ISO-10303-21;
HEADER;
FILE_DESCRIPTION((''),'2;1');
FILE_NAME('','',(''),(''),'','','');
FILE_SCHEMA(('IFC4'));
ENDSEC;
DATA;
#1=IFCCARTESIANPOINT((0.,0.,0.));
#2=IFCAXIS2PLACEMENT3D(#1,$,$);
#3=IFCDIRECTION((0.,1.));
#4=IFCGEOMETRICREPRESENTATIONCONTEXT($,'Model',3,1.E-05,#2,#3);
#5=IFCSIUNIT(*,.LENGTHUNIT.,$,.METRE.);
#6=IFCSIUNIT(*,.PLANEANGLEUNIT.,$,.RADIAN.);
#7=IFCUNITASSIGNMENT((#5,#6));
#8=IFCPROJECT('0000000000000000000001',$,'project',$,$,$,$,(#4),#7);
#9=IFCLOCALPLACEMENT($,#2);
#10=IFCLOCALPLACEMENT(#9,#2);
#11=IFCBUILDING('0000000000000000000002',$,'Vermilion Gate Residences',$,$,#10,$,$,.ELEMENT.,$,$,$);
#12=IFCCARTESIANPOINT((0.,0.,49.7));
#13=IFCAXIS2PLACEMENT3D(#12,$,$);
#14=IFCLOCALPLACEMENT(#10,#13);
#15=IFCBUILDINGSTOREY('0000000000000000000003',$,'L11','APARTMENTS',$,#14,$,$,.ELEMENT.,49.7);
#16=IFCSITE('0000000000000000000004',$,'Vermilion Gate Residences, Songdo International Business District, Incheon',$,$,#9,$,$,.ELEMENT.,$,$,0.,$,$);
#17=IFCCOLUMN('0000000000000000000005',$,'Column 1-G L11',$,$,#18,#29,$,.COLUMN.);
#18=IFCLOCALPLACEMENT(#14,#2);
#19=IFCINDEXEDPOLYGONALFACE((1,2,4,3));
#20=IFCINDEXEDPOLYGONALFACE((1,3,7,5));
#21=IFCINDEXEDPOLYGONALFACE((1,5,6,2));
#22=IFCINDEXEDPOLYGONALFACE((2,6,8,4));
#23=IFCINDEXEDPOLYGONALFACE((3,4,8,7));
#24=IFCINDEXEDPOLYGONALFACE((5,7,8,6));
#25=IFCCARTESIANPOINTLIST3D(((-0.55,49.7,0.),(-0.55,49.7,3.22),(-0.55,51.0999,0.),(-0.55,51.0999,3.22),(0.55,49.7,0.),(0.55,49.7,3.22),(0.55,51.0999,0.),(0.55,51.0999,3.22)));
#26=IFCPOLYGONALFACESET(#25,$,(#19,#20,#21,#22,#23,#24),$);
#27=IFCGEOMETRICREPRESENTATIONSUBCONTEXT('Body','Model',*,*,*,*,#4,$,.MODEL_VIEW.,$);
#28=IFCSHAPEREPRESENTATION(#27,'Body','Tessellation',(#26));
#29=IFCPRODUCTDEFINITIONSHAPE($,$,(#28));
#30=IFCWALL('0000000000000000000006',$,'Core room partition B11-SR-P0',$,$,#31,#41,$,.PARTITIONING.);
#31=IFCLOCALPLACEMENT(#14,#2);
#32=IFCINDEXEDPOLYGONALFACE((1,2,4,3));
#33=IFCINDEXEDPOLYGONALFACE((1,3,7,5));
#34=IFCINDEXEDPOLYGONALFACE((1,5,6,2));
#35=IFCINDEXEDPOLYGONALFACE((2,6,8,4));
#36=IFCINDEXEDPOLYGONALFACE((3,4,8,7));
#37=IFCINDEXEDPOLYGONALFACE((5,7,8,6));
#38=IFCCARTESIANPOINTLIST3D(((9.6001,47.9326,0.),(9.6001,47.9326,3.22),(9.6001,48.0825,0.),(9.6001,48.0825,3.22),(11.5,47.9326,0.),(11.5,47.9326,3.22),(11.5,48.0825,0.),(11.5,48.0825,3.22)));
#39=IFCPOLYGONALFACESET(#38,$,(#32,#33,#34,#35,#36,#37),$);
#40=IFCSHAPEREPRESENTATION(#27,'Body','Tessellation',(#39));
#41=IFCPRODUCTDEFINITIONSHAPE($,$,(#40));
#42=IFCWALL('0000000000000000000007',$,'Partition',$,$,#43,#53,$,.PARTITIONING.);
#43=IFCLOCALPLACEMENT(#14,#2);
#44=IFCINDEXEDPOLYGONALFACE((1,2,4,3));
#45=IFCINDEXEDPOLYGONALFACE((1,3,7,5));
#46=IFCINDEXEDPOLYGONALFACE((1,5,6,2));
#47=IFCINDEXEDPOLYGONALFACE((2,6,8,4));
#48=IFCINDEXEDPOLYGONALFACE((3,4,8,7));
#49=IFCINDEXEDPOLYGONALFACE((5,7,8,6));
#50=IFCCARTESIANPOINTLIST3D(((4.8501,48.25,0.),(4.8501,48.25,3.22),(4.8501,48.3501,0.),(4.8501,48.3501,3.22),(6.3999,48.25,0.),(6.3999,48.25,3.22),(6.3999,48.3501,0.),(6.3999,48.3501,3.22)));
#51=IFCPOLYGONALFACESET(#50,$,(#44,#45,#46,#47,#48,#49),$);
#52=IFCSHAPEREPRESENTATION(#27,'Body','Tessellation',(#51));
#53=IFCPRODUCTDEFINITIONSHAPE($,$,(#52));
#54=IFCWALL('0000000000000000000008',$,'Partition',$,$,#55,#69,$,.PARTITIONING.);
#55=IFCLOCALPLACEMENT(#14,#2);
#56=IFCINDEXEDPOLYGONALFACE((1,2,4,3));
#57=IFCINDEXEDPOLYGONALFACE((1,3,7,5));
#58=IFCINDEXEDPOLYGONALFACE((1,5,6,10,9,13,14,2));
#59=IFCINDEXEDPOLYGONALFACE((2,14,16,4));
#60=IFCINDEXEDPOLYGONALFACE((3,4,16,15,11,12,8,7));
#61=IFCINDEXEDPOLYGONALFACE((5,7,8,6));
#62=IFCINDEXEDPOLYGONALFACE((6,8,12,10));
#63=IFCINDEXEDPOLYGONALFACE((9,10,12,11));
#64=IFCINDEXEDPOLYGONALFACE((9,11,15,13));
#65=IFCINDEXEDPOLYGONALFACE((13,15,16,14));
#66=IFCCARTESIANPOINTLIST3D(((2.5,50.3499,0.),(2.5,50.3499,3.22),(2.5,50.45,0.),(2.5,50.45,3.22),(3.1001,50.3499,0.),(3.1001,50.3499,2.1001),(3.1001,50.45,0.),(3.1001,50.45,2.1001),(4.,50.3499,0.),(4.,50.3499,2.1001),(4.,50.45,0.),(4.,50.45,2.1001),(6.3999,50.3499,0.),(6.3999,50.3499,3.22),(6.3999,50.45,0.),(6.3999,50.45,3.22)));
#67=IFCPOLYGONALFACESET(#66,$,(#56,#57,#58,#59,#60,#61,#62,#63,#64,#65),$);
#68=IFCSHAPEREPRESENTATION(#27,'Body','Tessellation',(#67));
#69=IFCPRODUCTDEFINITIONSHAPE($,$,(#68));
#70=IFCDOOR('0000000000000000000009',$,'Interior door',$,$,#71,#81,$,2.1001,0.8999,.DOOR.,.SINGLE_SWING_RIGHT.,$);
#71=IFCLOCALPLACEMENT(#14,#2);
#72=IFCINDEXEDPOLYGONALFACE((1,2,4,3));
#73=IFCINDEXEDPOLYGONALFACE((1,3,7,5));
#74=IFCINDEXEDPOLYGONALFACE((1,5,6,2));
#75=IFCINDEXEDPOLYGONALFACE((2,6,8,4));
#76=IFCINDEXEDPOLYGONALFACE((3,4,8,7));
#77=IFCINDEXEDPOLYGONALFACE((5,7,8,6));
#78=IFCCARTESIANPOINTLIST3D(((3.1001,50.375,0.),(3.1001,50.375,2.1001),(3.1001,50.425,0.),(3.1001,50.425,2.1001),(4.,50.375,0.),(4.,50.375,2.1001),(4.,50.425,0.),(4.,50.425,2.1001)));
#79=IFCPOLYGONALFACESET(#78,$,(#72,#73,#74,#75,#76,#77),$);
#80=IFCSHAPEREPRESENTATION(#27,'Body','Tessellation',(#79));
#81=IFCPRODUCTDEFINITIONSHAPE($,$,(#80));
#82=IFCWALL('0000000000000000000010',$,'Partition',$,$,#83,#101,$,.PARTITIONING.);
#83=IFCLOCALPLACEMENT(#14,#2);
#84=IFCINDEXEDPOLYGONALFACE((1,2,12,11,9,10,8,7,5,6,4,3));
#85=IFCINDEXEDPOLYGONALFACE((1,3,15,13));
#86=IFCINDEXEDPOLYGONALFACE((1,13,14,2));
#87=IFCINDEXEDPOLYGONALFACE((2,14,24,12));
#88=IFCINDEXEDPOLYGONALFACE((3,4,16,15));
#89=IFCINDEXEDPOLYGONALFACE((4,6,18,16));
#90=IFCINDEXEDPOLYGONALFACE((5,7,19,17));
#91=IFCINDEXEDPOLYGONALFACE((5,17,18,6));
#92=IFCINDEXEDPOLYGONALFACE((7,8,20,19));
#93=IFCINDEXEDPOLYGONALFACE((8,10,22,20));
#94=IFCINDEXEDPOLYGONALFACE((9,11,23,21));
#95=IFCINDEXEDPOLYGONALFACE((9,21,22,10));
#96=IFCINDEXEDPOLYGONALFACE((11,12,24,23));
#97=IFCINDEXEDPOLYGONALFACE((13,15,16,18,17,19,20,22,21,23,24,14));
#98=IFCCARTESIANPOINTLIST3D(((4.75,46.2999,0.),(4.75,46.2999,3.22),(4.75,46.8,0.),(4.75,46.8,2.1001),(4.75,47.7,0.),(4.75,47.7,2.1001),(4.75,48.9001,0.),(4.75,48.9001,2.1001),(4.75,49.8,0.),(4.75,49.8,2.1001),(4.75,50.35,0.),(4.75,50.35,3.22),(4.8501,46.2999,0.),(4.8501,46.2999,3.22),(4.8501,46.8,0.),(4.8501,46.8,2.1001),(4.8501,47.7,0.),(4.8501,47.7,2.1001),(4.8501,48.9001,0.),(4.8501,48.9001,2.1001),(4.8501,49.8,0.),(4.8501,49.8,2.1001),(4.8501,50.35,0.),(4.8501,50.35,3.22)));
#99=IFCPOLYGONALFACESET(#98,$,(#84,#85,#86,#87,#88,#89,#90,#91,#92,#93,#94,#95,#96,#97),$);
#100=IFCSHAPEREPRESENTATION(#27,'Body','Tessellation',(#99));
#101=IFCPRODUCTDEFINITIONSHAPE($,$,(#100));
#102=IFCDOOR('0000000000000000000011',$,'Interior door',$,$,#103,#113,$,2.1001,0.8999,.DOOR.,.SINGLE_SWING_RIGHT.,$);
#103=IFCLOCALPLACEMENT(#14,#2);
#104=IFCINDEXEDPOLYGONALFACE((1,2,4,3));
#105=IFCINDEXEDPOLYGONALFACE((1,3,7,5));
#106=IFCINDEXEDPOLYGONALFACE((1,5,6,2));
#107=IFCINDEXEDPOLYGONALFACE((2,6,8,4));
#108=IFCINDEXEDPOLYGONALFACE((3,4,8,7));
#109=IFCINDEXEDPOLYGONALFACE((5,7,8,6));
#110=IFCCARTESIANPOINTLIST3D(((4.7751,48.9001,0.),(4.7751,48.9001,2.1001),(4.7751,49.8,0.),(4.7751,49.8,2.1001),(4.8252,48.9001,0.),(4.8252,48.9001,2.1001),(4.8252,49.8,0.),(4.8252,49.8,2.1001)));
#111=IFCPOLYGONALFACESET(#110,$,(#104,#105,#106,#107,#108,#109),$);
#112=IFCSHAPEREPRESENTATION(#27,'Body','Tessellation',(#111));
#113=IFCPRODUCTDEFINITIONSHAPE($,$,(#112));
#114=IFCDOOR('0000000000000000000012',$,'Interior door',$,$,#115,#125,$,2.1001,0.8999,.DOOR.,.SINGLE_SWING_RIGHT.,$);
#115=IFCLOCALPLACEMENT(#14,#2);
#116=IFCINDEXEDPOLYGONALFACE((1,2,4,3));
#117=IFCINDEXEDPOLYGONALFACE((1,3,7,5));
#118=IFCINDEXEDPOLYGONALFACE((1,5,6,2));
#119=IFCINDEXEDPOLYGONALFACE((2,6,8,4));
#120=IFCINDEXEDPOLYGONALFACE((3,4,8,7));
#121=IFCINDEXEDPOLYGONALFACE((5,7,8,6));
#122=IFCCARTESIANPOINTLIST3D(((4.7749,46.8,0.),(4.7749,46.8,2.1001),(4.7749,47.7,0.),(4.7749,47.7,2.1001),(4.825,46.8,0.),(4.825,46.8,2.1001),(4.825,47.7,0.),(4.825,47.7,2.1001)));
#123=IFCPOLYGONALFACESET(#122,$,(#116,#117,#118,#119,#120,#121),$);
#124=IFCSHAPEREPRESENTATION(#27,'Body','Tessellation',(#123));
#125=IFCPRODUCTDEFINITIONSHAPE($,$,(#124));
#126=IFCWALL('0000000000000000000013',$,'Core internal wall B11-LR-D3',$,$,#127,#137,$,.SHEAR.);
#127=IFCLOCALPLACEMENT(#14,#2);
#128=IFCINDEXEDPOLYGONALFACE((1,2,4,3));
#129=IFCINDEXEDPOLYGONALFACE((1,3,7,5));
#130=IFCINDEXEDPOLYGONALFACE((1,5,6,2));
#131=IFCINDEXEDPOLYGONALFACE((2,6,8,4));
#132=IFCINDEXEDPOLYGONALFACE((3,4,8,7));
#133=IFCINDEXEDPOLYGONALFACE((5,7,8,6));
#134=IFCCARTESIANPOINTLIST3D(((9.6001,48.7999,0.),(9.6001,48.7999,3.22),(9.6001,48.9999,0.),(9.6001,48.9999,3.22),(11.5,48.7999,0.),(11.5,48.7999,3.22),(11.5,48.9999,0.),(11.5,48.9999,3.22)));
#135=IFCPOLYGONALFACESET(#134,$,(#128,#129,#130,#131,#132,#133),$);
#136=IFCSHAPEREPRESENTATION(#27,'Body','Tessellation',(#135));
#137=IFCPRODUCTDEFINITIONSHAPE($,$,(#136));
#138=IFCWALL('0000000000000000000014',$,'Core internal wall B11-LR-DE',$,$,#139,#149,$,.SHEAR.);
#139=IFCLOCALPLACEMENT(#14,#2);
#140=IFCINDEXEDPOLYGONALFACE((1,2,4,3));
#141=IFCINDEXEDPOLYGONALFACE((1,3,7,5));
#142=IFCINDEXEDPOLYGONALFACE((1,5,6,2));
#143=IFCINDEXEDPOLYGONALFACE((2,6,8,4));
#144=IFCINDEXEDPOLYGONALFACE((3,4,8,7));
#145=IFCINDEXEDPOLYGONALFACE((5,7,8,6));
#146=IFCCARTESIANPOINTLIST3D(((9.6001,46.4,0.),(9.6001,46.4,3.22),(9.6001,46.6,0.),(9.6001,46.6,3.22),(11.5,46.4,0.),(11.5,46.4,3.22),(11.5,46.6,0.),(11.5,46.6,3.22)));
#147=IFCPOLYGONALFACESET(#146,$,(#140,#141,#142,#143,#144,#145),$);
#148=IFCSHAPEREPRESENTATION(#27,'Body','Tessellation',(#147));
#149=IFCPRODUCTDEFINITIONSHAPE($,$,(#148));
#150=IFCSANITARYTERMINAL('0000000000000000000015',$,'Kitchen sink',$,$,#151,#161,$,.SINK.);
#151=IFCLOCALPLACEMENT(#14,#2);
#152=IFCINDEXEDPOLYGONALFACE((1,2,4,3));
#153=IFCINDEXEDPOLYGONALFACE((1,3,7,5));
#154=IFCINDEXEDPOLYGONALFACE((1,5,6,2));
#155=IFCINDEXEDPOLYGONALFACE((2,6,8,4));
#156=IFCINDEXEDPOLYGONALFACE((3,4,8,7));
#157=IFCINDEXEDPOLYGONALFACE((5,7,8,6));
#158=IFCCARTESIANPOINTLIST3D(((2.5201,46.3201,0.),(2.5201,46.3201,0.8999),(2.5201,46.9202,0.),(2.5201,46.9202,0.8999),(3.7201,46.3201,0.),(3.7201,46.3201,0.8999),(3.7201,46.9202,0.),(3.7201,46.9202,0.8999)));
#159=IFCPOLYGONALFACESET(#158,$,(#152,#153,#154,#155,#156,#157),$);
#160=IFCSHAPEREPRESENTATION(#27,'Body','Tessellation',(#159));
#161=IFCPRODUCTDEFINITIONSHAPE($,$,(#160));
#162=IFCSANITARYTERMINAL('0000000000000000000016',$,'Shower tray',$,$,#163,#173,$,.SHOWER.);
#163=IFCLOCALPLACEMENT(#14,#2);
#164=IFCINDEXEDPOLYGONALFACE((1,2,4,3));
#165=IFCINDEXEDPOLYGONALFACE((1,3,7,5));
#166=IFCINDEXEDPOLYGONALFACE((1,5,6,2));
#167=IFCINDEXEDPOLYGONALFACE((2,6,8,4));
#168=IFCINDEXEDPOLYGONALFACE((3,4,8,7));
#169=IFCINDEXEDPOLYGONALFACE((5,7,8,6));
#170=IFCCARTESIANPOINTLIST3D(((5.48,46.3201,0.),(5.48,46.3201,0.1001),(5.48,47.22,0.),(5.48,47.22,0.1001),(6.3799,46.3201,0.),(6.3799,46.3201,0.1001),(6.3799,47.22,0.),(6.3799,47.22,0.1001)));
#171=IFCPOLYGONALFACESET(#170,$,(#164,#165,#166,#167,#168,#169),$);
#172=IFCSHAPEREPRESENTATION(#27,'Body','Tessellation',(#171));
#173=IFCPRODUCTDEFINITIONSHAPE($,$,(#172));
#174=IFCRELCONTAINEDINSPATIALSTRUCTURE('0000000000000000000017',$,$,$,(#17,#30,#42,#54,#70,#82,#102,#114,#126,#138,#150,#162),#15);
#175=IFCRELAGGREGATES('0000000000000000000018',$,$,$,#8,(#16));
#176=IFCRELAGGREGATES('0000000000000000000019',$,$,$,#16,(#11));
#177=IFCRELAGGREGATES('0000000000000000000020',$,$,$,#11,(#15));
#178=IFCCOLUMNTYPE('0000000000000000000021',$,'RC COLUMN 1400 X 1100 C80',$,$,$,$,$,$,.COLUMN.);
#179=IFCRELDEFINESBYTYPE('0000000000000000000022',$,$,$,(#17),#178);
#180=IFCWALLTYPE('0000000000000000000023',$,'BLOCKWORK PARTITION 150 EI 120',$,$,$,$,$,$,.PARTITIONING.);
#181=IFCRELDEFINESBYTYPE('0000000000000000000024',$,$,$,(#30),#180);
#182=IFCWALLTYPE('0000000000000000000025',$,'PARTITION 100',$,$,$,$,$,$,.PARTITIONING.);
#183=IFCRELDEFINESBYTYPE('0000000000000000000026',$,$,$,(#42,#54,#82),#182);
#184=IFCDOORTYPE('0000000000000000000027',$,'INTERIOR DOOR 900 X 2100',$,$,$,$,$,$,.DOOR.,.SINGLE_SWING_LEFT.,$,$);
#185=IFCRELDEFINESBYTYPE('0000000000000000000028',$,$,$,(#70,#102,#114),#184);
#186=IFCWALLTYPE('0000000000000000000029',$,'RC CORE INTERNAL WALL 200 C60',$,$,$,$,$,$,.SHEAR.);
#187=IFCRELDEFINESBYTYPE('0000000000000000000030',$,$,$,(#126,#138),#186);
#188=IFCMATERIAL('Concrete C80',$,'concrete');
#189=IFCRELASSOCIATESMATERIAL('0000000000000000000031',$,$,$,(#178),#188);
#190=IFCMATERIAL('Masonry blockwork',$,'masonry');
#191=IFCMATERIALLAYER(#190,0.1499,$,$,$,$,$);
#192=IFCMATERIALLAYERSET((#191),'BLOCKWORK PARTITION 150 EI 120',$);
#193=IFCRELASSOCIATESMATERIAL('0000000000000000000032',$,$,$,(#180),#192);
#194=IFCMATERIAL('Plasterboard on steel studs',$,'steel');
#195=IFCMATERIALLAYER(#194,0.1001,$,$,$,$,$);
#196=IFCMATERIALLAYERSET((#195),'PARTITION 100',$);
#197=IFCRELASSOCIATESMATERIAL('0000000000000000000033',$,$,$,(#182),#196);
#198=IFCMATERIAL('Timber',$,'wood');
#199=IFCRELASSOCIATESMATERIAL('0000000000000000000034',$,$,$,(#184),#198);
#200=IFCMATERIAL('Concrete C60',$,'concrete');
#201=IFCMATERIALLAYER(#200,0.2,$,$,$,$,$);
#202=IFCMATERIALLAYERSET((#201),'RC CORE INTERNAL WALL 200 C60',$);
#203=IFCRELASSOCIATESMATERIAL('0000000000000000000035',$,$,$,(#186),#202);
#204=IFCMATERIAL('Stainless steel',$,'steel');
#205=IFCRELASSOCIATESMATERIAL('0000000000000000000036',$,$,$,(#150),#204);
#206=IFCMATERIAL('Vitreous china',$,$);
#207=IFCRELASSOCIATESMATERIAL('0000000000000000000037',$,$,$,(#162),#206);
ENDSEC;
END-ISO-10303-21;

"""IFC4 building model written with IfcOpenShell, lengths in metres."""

from ifc_helpers import new_model, si_unit, direction, frame, frame_2d, origin, origin_2d, place, context, subcontext, project, spatial, rectangle, extrude, material, layer, layer_set, material_profile, profile_set, type_object, element, fill, save


model = new_model("IFC4")

# Units and contexts
model_context = context("Model", 3, precision=1e-05, world=origin(), true_north=direction((0.0, 1.0)))
body_context = subcontext(model_context, "Body", "Model", "MODEL_VIEW")
ifc_project = project(units=[si_unit("LENGTHUNIT", "METRE"), si_unit("PLANEANGLEUNIT", "RADIAN")], contexts=[model_context])

# Site, building, storey
site_placement = place(None, origin())
site = spatial("IfcSite", under=ifc_project, at=site_placement, Name="Vermilion Gate Residences, Songdo International Business District, Incheon", CompositionType="ELEMENT", RefElevation=0.0)
building_placement = place(site_placement, origin())
building = spatial("IfcBuilding", under=site, at=building_placement, Name="Vermilion Gate Residences", CompositionType="ELEMENT")
storey_placement = place(building_placement, frame((0.0, 0.0, 49.7)))
storey = spatial("IfcBuildingStorey", under=building, at=storey_placement, Name="L11", Description="APARTMENTS", CompositionType="ELEMENT", Elevation=49.7)

# Column
ifc_material_1 = material(Name="Concrete C80", Category="concrete")
ifc_material_profile = material_profile(ifc_material_1, rectangle(XDim=1.3999, YDim=1.1001, at=origin_2d()), Name="RC-1400x1100")
ifc_profile_set = profile_set([ifc_material_profile], Name="Concrete C80")
column_type = type_object("IfcColumnType", Name="RC COLUMN 1400 X 1100 C80", PredefinedType="COLUMN", material=ifc_profile_set)
column_placement = place(storey_placement, frame((0.0, 50.3999, 0.0), z_axis=(0.0, 0.0, 1.0), x_axis=(0.0, 1.0, 0.0)))
element("IfcColumn", 1, at=column_placement, inside=storey, type_object=column_type, Name="Column 1-G L11", PredefinedType="COLUMN", context=body_context, shape_type="SweptSolid", body=[
    extrude(rectangle(XDim=1.3999, YDim=1.1001, at=origin_2d()), origin(), (0.0, 0.0, 1.0), 3.22),
])

# Walls
ifc_material_2 = material(Name="Masonry blockwork", Category="masonry")
ifc_layer_1 = layer(ifc_material_2, 0.1499)
ifc_layer_set_1 = layer_set([ifc_layer_1], Name="BLOCKWORK PARTITION 150 EI 120")
wall_type_1 = type_object("IfcWallType", Name="BLOCKWORK PARTITION 150 EI 120", PredefinedType="PARTITIONING", material=ifc_layer_set_1)
wall_1_placement = place(storey_placement, frame((9.6001, 48.0076, 0.0), z_axis=(0.0, 0.0, 1.0), x_axis=(1.0, 0.0, 0.0)))
element("IfcWall", 2, at=wall_1_placement, inside=storey, type_object=wall_type_1, Name="Core room partition B11-SR-P0", PredefinedType="PARTITIONING", context=body_context, shape_type="SweptSolid", body=[
    extrude(rectangle(XDim=1.8999, YDim=0.1499, at=frame_2d((0.95, 0.0))), origin(), (0.0, 0.0, 1.0), 3.22),
])
ifc_material_3 = material(Name="Plasterboard on steel studs", Category="steel")
ifc_layer_2 = layer(ifc_material_3, 0.1001)
ifc_layer_set_2 = layer_set([ifc_layer_2], Name="PARTITION 100")
wall_type_2 = type_object("IfcWallType", Name="PARTITION 100", PredefinedType="PARTITIONING", material=ifc_layer_set_2)
wall_2_placement = place(storey_placement, frame((4.8501, 48.3, 0.0), z_axis=(0.0, 0.0, 1.0), x_axis=(1.0, 0.0, 0.0)))
element("IfcWall", 3, at=wall_2_placement, inside=storey, type_object=wall_type_2, Name="Partition", PredefinedType="PARTITIONING", context=body_context, shape_type="SweptSolid", body=[
    extrude(rectangle(XDim=1.5498, YDim=0.1001, at=frame_2d((0.7749, 0.0))), origin(), (0.0, 0.0, 1.0), 3.22),
])

# Wall, opening, door
wall_3_placement = place(storey_placement, frame((2.5, 50.3999, 0.0), z_axis=(0.0, 0.0, 1.0), x_axis=(1.0, 0.0, 0.0)))
wall_3 = element("IfcWall", 4, at=wall_3_placement, inside=storey, type_object=wall_type_2, Name="Partition", PredefinedType="PARTITIONING", context=body_context, shape_type="SweptSolid", body=[
    extrude(rectangle(XDim=3.8999, YDim=0.1001, at=frame_2d((1.95, 0.0))), origin(), (0.0, 0.0, 1.0), 3.22),
])
opening_1_placement = place(wall_3_placement, frame((0.6001, 0.0, 0.0)))
opening_1 = element("IfcOpeningElement", 5, at=opening_1_placement, cuts=wall_3, PredefinedType="OPENING", context=body_context, shape_type="SweptSolid", body=[
    extrude(rectangle(XDim=0.8999, YDim=2.1001, at=frame_2d((0.45, 1.05))), frame((0.0, 0.0601, 0.0), z_axis=(0.0, -1.0, 0.0), x_axis=(1.0, 0.0, 0.0)), (0.0, 0.0, 1.0), 0.1201),
])
ifc_material_4 = material(Name="Timber", Category="wood")
door_type = type_object("IfcDoorType", Name="INTERIOR DOOR 900 X 2100", OperationType="SINGLE_SWING_LEFT", PredefinedType="DOOR", material=ifc_material_4)
door_1_placement = place(opening_1_placement, frame((0.8999, 0.0, 0.0), z_axis=(0.0, 0.0, 1.0), x_axis=(-1.0, 0.0, 0.0)))
door_1 = element("IfcDoor", 6, at=door_1_placement, inside=storey, type_object=door_type, Name="Interior door", OperationType="SINGLE_SWING_RIGHT", OverallHeight=2.1001, OverallWidth=0.8999, PredefinedType="DOOR", context=body_context, shape_type="SweptSolid", body=[
    extrude(rectangle(XDim=0.8999, YDim=2.1001, at=frame_2d((0.45, 1.05))), frame((0.0, 0.0249, 0.0), z_axis=(0.0, -1.0, 0.0), x_axis=(1.0, 0.0, 0.0)), (0.0, 0.0, 1.0), 0.05),
])
fill(opening_1, door_1)

# Wall, openings, doors
wall_4_placement = place(storey_placement, frame((4.8, 46.3, 0.0), z_axis=(0.0, 0.0, 1.0), x_axis=(0.0, 1.0, 0.0)))
wall_4 = element("IfcWall", 7, at=wall_4_placement, inside=storey, type_object=wall_type_2, Name="Partition", PredefinedType="PARTITIONING", context=body_context, shape_type="SweptSolid", body=[
    extrude(rectangle(XDim=4.05, YDim=0.1001, at=frame_2d((2.0249, 0.0))), origin(), (0.0, 0.0, 1.0), 3.22),
])
opening_2_placement = place(wall_4_placement, frame((2.6001, 0.0, 0.0)))
opening_2 = element("IfcOpeningElement", 8, at=opening_2_placement, cuts=wall_4, PredefinedType="OPENING", context=body_context, shape_type="SweptSolid", body=[
    extrude(rectangle(XDim=0.8999, YDim=2.1001, at=frame_2d((0.45, 1.05))), frame((0.0, 0.0601, 0.0), z_axis=(0.0, -1.0, 0.0), x_axis=(1.0, 0.0, 0.0)), (0.0, 0.0, 1.0), 0.1201),
])
opening_3_placement = place(wall_4_placement, frame((0.5, 0.0, 0.0)))
opening_3 = element("IfcOpeningElement", 9, at=opening_3_placement, cuts=wall_4, PredefinedType="OPENING", context=body_context, shape_type="SweptSolid", body=[
    extrude(rectangle(XDim=0.8999, YDim=2.1001, at=frame_2d((0.45, 1.05))), frame((0.0, 0.0601, 0.0), z_axis=(0.0, -1.0, 0.0), x_axis=(1.0, 0.0, 0.0)), (0.0, 0.0, 1.0), 0.1201),
])
door_2_placement = place(opening_2_placement, origin())
door_2 = element("IfcDoor", 10, at=door_2_placement, inside=storey, type_object=door_type, Name="Interior door", OperationType="SINGLE_SWING_RIGHT", OverallHeight=2.1001, OverallWidth=0.8999, PredefinedType="DOOR", context=body_context, shape_type="SweptSolid", body=[
    extrude(rectangle(XDim=0.8999, YDim=2.1001, at=frame_2d((0.45, 1.05))), frame((0.0, 0.0249, 0.0), z_axis=(0.0, -1.0, 0.0), x_axis=(1.0, 0.0, 0.0)), (0.0, 0.0, 1.0), 0.05),
])
fill(opening_2, door_2)
door_3_placement = place(opening_3_placement, frame((0.8999, 0.0, 0.0), z_axis=(0.0, 0.0, 1.0), x_axis=(-1.0, 0.0, 0.0)))
door_3 = element("IfcDoor", 11, at=door_3_placement, inside=storey, type_object=door_type, Name="Interior door", OperationType="SINGLE_SWING_RIGHT", OverallHeight=2.1001, OverallWidth=0.8999, PredefinedType="DOOR", context=body_context, shape_type="SweptSolid", body=[
    extrude(rectangle(XDim=0.8999, YDim=2.1001, at=frame_2d((0.45, 1.05))), frame((0.0, 0.0249, 0.0), z_axis=(0.0, -1.0, 0.0), x_axis=(1.0, 0.0, 0.0)), (0.0, 0.0, 1.0), 0.05),
])
fill(opening_3, door_3)

# Walls
ifc_material_5 = material(Name="Concrete C60", Category="concrete")
ifc_layer_3 = layer(ifc_material_5, 0.2)
ifc_layer_set_3 = layer_set([ifc_layer_3], Name="RC CORE INTERNAL WALL 200 C60")
wall_type_3 = type_object("IfcWallType", Name="RC CORE INTERNAL WALL 200 C60", PredefinedType="SHEAR", material=ifc_layer_set_3)
for number, where, z_axis, x_axis, name in (
    (12, (9.6001, 48.8999, 0.0), (0.0, 0.0, 1.0), (1.0, 0.0, 0.0), "Core internal wall B11-LR-D3"),
    (13, (9.6001, 46.5, 0.0), (0.0, 0.0, 1.0), (1.0, 0.0, 0.0), "Core internal wall B11-LR-DE"),
):
    element("IfcWall", number, at=place(storey_placement, frame(where, z_axis=z_axis, x_axis=x_axis)), inside=storey, type_object=wall_type_3, Name=name, PredefinedType="SHEAR", context=body_context, shape_type="SweptSolid", body=[
        extrude(rectangle(XDim=1.8999, YDim=0.2, at=frame_2d((0.95, 0.0))), origin(), (0.0, 0.0, 1.0), 3.22),
    ])

# Sanitary terminals
ifc_material_6 = material(Name="Stainless steel", Category="steel")
sanitary_terminal_1_placement = place(storey_placement, frame((3.1201, 46.6201, 0.0), z_axis=(0.0, 0.0, 1.0), x_axis=(1.0, 0.0, 0.0)))
element("IfcSanitaryTerminal", 14, at=sanitary_terminal_1_placement, inside=storey, material=ifc_material_6, Name="Kitchen sink", PredefinedType="SINK", context=body_context, shape_type="SweptSolid", body=[
    extrude(rectangle(XDim=1.2, YDim=0.6001, at=origin_2d()), origin(), (0.0, 0.0, 1.0), 0.8999),
])
ifc_material_7 = material(Name="Vitreous china")
sanitary_terminal_2_placement = place(storey_placement, frame((5.9299, 46.77, 0.0), z_axis=(0.0, 0.0, 1.0), x_axis=(1.0, 0.0, 0.0)))
element("IfcSanitaryTerminal", 15, at=sanitary_terminal_2_placement, inside=storey, material=ifc_material_7, Name="Shower tray", PredefinedType="SHOWER", context=body_context, shape_type="SweptSolid", body=[
    extrude(rectangle(XDim=0.8999, YDim=0.8999, at=origin_2d()), origin(), (0.0, 0.0, 1.0), 0.1001),
])

save(model, "model.ifc")
